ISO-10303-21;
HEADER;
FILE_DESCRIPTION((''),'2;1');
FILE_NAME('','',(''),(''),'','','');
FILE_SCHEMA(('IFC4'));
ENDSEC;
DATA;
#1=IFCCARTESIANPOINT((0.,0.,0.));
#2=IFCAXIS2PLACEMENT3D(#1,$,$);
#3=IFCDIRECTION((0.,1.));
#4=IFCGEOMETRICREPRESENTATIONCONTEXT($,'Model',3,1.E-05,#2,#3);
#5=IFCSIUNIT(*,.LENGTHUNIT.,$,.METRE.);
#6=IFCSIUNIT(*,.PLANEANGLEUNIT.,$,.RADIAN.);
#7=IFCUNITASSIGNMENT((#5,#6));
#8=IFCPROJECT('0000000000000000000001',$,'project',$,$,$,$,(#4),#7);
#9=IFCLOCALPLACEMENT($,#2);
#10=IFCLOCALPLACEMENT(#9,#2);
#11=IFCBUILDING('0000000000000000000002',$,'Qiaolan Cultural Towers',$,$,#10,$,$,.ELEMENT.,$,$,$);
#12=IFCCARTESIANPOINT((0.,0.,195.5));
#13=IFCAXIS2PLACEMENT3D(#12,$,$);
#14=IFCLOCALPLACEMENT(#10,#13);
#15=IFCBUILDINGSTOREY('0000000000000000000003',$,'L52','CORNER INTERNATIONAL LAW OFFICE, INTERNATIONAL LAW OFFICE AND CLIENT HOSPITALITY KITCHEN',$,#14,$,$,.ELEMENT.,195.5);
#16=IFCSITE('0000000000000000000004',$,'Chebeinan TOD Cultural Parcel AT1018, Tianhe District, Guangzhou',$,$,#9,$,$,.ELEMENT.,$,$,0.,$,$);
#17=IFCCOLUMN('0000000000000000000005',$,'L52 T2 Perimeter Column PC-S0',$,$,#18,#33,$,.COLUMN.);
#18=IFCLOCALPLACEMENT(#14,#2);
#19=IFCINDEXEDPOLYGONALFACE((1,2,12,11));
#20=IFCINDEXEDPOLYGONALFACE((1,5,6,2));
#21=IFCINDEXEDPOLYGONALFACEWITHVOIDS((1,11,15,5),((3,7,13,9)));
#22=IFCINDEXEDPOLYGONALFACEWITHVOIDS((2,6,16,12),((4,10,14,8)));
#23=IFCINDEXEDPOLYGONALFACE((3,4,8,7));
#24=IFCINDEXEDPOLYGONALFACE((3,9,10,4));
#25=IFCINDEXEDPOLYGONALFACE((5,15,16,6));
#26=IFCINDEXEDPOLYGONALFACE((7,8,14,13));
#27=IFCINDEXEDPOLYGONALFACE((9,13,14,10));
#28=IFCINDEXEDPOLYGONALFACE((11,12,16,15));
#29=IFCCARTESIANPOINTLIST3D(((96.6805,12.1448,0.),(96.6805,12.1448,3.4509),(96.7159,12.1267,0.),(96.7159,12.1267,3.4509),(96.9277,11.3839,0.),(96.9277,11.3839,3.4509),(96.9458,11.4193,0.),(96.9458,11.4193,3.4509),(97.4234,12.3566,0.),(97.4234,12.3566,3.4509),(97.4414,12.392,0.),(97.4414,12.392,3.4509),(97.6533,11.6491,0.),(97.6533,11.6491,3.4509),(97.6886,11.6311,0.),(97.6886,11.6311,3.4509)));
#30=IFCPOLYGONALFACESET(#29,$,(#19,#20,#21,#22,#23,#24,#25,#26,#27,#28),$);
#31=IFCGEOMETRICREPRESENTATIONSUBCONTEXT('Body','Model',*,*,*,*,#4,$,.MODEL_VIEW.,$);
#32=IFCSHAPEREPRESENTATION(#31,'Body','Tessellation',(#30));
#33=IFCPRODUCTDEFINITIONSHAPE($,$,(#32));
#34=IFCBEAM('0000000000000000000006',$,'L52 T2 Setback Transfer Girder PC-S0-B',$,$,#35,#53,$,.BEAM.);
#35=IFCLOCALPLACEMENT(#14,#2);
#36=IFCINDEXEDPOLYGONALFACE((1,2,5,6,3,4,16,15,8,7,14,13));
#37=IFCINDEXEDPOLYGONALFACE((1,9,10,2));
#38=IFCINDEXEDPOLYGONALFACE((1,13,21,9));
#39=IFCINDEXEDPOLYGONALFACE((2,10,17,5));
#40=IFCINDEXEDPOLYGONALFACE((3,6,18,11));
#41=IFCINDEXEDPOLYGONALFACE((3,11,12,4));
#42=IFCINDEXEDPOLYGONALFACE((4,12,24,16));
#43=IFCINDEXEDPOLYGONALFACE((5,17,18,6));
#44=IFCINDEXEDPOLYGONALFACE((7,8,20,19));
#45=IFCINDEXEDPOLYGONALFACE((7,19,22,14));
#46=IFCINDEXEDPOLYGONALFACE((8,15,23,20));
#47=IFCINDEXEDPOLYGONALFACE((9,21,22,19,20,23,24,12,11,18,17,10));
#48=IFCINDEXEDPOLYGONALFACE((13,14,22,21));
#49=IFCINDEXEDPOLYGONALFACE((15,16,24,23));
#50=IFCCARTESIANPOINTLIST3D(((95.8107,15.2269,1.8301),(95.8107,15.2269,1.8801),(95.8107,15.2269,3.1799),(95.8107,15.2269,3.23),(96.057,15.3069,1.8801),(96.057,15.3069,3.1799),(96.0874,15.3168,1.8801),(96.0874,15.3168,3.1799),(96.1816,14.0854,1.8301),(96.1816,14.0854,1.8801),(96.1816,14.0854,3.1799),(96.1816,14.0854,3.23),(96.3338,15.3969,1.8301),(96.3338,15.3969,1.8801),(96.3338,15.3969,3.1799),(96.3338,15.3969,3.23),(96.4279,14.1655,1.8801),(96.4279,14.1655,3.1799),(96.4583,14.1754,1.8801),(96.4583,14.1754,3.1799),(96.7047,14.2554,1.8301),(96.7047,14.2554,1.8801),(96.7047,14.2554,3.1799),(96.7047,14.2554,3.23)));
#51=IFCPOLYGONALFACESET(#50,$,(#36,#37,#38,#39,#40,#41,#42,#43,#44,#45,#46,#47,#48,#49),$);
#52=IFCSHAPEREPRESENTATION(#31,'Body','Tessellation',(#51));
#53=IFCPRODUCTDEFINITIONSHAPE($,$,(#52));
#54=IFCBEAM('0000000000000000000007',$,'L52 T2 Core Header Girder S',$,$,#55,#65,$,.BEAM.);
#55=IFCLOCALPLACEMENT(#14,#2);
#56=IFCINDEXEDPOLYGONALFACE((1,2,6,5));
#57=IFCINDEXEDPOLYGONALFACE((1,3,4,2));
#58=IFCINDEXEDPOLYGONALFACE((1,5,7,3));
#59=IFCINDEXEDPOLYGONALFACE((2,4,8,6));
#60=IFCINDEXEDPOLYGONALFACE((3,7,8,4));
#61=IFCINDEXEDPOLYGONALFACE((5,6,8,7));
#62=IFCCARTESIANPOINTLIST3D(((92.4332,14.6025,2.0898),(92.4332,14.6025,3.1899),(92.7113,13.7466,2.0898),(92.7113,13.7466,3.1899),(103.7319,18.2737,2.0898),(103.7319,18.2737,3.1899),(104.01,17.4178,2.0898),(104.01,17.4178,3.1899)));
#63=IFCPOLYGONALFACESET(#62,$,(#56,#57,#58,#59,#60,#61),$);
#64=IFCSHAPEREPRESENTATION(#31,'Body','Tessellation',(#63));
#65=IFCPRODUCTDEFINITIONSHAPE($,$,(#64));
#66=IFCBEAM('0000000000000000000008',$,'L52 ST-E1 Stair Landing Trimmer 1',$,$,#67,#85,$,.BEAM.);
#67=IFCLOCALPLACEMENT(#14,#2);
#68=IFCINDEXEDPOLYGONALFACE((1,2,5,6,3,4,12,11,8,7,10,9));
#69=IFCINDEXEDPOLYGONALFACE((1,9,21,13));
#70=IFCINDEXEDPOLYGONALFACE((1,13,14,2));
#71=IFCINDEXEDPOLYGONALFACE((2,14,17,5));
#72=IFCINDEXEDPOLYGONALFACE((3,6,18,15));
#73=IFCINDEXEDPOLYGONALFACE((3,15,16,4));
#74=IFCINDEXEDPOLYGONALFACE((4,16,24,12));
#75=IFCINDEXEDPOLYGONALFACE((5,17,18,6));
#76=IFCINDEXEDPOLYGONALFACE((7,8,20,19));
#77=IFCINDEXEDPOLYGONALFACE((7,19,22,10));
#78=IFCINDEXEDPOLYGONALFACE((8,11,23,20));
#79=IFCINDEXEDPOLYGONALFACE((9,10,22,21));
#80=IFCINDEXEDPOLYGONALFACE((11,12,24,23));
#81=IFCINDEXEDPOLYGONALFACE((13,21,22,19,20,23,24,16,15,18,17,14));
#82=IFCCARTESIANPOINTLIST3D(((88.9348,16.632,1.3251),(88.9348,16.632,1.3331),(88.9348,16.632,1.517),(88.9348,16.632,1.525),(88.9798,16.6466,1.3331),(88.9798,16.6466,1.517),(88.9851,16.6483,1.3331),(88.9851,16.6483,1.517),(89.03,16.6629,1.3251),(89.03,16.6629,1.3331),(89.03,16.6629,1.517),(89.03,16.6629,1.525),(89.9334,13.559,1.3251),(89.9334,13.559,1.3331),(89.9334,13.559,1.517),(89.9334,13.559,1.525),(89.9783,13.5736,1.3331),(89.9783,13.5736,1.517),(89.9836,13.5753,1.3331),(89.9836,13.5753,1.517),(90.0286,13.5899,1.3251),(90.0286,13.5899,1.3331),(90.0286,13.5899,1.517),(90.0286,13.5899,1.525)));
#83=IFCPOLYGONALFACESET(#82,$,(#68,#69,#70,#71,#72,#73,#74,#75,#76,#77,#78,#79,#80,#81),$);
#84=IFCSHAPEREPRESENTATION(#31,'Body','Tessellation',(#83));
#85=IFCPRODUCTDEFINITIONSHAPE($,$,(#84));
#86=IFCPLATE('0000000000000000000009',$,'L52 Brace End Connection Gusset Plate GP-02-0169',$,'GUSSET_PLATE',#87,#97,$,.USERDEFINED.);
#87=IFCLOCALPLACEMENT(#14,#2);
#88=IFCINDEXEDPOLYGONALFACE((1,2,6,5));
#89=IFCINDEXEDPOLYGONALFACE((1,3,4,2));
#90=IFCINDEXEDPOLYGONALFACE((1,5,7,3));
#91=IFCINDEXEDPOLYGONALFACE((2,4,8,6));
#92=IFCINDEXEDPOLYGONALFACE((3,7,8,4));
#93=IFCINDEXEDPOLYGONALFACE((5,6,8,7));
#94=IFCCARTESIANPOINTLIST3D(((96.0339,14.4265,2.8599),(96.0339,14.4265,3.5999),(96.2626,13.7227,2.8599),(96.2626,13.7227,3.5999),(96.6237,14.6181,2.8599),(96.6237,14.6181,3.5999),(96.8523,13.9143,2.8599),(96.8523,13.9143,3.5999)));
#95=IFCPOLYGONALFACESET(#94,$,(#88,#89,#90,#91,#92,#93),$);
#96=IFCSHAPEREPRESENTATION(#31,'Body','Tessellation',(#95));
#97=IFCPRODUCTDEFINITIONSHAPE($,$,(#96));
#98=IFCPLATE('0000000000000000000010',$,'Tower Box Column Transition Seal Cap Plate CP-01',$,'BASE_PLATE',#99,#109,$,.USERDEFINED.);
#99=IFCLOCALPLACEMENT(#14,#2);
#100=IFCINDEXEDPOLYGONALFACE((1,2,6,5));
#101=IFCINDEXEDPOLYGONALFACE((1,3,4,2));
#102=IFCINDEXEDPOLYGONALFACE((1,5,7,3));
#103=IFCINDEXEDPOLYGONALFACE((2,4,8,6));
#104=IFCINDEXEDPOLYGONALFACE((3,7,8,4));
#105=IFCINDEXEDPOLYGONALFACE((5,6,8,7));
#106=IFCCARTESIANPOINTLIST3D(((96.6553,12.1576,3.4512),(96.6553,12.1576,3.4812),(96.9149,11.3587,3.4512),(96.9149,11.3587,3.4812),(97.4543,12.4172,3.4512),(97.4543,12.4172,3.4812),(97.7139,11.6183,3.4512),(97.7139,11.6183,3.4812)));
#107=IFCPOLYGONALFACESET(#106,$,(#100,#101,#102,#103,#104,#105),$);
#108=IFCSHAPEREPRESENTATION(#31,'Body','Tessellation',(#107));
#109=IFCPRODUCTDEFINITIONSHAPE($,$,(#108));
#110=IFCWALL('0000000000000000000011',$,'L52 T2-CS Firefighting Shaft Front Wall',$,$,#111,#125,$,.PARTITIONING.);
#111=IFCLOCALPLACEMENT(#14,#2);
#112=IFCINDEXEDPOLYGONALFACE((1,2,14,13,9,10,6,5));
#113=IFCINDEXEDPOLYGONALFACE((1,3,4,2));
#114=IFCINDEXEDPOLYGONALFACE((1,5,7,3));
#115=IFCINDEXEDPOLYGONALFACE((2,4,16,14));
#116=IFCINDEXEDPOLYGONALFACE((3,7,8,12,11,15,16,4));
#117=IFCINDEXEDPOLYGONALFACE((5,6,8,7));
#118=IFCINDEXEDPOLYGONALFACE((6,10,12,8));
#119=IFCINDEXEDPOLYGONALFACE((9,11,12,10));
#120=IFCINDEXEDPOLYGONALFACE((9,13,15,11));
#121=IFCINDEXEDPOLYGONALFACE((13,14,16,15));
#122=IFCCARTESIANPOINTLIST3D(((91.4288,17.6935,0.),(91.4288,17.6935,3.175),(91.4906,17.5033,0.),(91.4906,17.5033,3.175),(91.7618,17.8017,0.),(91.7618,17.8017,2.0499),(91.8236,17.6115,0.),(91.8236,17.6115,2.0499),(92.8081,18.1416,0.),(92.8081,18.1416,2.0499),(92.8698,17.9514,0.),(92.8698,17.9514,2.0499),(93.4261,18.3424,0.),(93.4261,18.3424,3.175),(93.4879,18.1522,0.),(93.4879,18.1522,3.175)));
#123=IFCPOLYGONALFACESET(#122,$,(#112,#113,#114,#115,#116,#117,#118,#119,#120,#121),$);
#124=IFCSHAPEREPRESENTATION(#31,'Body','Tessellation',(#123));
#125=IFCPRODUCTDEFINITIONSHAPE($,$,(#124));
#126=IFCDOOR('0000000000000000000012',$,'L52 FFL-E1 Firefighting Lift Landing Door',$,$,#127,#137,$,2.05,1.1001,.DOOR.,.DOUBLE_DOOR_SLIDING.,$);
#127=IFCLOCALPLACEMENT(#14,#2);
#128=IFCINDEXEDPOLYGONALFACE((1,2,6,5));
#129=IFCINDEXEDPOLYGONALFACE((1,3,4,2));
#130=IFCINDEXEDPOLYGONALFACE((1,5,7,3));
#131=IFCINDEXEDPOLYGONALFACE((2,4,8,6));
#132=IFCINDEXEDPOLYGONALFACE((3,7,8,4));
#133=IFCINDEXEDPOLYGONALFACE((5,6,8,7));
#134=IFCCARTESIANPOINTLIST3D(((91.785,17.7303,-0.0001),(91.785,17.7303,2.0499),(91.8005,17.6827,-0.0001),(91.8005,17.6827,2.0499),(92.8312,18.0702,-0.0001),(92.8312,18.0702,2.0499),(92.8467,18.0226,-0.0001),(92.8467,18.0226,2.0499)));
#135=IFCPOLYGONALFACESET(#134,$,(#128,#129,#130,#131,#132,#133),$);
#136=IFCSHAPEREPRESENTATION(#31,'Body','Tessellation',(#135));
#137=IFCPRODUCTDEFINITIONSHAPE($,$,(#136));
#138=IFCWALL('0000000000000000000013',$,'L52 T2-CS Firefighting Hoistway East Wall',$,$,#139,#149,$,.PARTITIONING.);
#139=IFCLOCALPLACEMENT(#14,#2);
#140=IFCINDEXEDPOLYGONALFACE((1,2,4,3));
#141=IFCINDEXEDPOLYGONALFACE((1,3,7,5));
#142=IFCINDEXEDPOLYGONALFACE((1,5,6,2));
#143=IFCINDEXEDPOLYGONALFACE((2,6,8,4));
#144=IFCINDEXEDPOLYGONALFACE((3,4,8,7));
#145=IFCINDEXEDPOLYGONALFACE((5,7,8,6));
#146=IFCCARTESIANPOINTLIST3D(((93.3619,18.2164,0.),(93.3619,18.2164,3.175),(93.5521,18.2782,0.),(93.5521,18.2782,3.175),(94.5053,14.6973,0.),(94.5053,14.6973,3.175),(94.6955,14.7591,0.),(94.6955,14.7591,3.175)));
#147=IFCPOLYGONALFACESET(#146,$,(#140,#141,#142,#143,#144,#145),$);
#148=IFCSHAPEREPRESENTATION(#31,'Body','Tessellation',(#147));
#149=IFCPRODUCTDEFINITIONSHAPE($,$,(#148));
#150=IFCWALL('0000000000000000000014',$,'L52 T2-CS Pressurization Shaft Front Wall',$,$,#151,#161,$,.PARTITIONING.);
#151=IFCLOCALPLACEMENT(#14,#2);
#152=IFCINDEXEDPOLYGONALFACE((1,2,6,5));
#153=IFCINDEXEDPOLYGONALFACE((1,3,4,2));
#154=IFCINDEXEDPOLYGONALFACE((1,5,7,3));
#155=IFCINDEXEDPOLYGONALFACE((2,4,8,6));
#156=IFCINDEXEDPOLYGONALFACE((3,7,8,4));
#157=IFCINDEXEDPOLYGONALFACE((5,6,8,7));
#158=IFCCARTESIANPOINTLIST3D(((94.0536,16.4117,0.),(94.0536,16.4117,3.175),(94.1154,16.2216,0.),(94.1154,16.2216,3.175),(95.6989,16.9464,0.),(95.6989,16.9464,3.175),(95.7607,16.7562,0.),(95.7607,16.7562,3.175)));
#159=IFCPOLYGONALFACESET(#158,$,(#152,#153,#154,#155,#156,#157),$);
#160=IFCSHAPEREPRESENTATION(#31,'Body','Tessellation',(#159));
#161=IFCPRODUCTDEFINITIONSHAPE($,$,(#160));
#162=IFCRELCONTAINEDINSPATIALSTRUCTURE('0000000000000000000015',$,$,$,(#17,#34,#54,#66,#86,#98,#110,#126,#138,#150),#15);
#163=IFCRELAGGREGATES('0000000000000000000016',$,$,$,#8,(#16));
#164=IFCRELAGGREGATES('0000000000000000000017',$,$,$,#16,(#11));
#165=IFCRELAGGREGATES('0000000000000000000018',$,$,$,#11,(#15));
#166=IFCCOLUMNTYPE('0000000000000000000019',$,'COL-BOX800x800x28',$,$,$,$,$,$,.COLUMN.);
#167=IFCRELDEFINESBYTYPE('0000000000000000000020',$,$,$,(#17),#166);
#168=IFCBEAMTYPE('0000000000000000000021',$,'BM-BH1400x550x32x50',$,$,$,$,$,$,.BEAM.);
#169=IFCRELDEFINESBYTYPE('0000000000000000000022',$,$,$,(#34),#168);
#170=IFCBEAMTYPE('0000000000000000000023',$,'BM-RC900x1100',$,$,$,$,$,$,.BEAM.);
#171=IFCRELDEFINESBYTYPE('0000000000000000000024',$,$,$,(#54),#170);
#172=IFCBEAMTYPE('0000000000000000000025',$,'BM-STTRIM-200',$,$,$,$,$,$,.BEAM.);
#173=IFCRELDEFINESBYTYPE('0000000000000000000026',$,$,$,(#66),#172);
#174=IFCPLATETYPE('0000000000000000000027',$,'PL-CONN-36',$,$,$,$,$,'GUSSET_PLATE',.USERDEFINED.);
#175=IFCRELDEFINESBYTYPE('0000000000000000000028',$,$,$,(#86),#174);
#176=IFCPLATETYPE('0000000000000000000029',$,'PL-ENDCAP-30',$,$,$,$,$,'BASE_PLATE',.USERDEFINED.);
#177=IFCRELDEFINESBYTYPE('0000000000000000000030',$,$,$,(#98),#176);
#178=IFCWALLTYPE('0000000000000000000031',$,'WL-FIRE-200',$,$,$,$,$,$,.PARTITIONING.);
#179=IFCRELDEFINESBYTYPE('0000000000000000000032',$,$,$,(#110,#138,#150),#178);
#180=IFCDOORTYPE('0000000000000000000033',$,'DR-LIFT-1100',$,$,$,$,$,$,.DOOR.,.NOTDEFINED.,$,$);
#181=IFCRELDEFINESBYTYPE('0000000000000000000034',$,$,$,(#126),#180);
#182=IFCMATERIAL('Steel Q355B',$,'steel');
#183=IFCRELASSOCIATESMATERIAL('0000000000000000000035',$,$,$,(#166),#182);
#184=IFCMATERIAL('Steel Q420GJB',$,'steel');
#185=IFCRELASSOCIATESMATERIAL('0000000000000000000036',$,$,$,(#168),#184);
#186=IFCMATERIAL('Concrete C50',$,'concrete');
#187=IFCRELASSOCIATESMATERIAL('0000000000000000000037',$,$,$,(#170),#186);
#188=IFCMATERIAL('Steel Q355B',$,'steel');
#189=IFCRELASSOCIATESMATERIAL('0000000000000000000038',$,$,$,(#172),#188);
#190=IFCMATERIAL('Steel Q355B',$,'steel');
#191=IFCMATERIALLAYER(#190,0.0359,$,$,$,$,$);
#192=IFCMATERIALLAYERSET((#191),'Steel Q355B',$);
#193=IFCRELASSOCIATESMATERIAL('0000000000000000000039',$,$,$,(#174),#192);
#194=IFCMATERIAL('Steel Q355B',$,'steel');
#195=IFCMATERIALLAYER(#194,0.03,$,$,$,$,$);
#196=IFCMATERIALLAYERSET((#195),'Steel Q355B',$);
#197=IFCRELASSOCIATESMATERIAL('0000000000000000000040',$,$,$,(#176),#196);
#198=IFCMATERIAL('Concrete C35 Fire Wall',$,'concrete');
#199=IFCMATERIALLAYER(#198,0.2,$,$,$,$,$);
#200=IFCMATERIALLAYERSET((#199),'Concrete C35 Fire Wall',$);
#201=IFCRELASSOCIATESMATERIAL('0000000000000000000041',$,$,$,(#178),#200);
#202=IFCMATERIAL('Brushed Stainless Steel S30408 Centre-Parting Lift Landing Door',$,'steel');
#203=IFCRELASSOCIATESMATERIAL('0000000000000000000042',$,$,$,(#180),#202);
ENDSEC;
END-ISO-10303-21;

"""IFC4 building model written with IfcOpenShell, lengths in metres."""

from ifc_helpers import new_model, si_unit, direction, frame, frame_2d, origin, origin_2d, place, context, subcontext, project, spatial, rectangle, hollow_rectangle, i_section, extrude, material, layer, layer_set, material_profile, profile_set, type_object, element, fill, save


model = new_model("IFC4")

# Units and contexts
model_context = context("Model", 3, precision=1e-05, world=origin(), true_north=direction((0.0, 1.0)))
body_context = subcontext(model_context, "Body", "Model", "MODEL_VIEW")
ifc_project = project(units=[si_unit("LENGTHUNIT", "METRE"), si_unit("PLANEANGLEUNIT", "RADIAN")], contexts=[model_context])

# Site, building, storey
site_placement = place(None, origin())
site = spatial("IfcSite", under=ifc_project, at=site_placement, Name="Chebeinan TOD Cultural Parcel AT1018, Tianhe District, Guangzhou", CompositionType="ELEMENT", RefElevation=0.0)
building_placement = place(site_placement, origin())
building = spatial("IfcBuilding", under=site, at=building_placement, Name="Qiaolan Cultural Towers", CompositionType="ELEMENT")
storey_placement = place(building_placement, frame((0.0, 0.0, 195.5)))
storey = spatial("IfcBuildingStorey", under=building, at=storey_placement, Name="L52", Description="CORNER INTERNATIONAL LAW OFFICE, INTERNATIONAL LAW OFFICE AND CLIENT HOSPITALITY KITCHEN", CompositionType="ELEMENT", Elevation=195.5)

# Column
ifc_material_1 = material(Name="Steel Q355B", Category="steel")
ifc_material_profile_1 = material_profile(ifc_material_1, hollow_rectangle(XDim=0.8, YDim=0.8, WallThickness=0.0281, at=origin_2d()), Name="BOX800x800x28")
ifc_profile_set_1 = profile_set([ifc_material_profile_1], Name="Steel Q355B")
column_type = type_object("IfcColumnType", Name="COL-BOX800x800x28", PredefinedType="COLUMN", material=ifc_profile_set_1)
column_placement = place(storey_placement, frame((97.1846, 11.8879, 0.0), z_axis=(0.0, 0.0, 1.0), x_axis=(0.951057, 0.309017, 0.0)))
element("IfcColumn", 1, at=column_placement, inside=storey, type_object=column_type, Name="L52 T2 Perimeter Column PC-S0", PredefinedType="COLUMN", context=body_context, shape_type="SweptSolid", body=[
    extrude(hollow_rectangle(XDim=0.8, YDim=0.8, WallThickness=0.0281, at=origin_2d()), origin(), (0.0, 0.0, 1.0), 3.4509),
])

# Beams
ifc_material_2 = material(Name="Steel Q420GJB", Category="steel")
ifc_material_profile_2 = material_profile(ifc_material_2, i_section(OverallWidth=0.55, OverallDepth=1.3999, WebThickness=0.032, FlangeThickness=0.05, at=origin_2d()), Name="BH1400x550x32x50")
ifc_profile_set_2 = profile_set([ifc_material_profile_2], Name="Steel Q420GJB")
beam_type_1 = type_object("IfcBeamType", Name="BM-BH1400x550x32x50", PredefinedType="BEAM", material=ifc_profile_set_2)
beam_1_placement = place(storey_placement, frame((96.4431, 14.1704, 2.53), z_axis=(-0.309017, 0.951056, 0.0), x_axis=(-0.951056, -0.309017, 0.0)))
element("IfcBeam", 2, at=beam_1_placement, inside=storey, type_object=beam_type_1, Name="L52 T2 Setback Transfer Girder PC-S0-B", PredefinedType="BEAM", context=body_context, shape_type="SweptSolid", body=[
    extrude(i_section(OverallWidth=0.55, OverallDepth=1.3999, WebThickness=0.032, FlangeThickness=0.05, at=origin_2d()), origin(), (0.0, 0.0, 1.0), 1.2002),
])
ifc_material_3 = material(Name="Concrete C50", Category="concrete")
ifc_material_profile_3 = material_profile(ifc_material_3, rectangle(XDim=0.8999, YDim=1.1001, at=origin_2d()), Name="RC900x1100")
ifc_profile_set_3 = profile_set([ifc_material_profile_3], Name="Concrete C50")
beam_type_2 = type_object("IfcBeamType", Name="BM-RC900x1100", PredefinedType="BEAM", material=ifc_profile_set_3)
beam_2_placement = place(storey_placement, frame((92.5723, 14.1746, 2.6399), z_axis=(0.951056, 0.309018, 0.0), x_axis=(-0.309018, 0.951056, 0.0)))
element("IfcBeam", 3, at=beam_2_placement, inside=storey, type_object=beam_type_2, Name="L52 T2 Core Header Girder S", PredefinedType="BEAM", context=body_context, shape_type="SweptSolid", body=[
    extrude(rectangle(XDim=0.8999, YDim=1.1001, at=origin_2d()), origin(), (0.0, 0.0, 1.0), 11.8801),
])
ifc_material_4 = material(Name="Steel Q355B", Category="steel")
ifc_material_profile_4 = material_profile(ifc_material_4, i_section(OverallWidth=0.1001, OverallDepth=0.2, WebThickness=0.0056, FlangeThickness=0.0081, at=origin_2d()), Name="HN200x100x5.5x8")
ifc_profile_set_4 = profile_set([ifc_material_profile_4], Name="Steel Q355B")
beam_type_3 = type_object("IfcBeamType", Name="BM-STTRIM-200", PredefinedType="BEAM", material=ifc_profile_set_4)
beam_3_placement = place(storey_placement, frame((88.9824, 16.6475, 1.425), z_axis=(0.309033, -0.951051, 0.0), x_axis=(0.951051, 0.309033, 0.0)))
element("IfcBeam", 4, at=beam_3_placement, inside=storey, type_object=beam_type_3, Name="L52 ST-E1 Stair Landing Trimmer 1", PredefinedType="BEAM", context=body_context, shape_type="SweptSolid", body=[
    extrude(i_section(OverallWidth=0.1001, OverallDepth=0.2, WebThickness=0.0056, FlangeThickness=0.0081, at=origin_2d()), origin(), (0.0, 0.0, 1.0), 3.2312),
])

# Plates
ifc_material_5 = material(Name="Steel Q355B", Category="steel")
ifc_layer_1 = layer(ifc_material_5, 0.0359)
ifc_layer_set_1 = layer_set([ifc_layer_1], Name="Steel Q355B")
plate_type_1 = type_object("IfcPlateType", Name="PL-CONN-36", ElementType="GUSSET_PLATE", PredefinedType="USERDEFINED", material=ifc_layer_set_1)
plate_1_placement = place(storey_placement, frame((96.4431, 14.1704, 2.8599), z_axis=(0.0, 0.0, 1.0), x_axis=(-0.309017, 0.951057, 0.0)))
element("IfcPlate", 5, at=plate_1_placement, inside=storey, type_object=plate_type_1, Name="L52 Brace End Connection Gusset Plate GP-02-0169", ObjectType="GUSSET_PLATE", PredefinedType="USERDEFINED", context=body_context, shape_type="SweptSolid", body=[
    extrude(rectangle(XDim=0.74, YDim=0.6201, at=origin_2d()), origin(), (0.0, 0.0, 1.0), 0.74),
])
ifc_material_6 = material(Name="Steel Q355B", Category="steel")
ifc_layer_2 = layer(ifc_material_6, 0.03)
ifc_layer_set_2 = layer_set([ifc_layer_2], Name="Steel Q355B")
plate_type_2 = type_object("IfcPlateType", Name="PL-ENDCAP-30", ElementType="BASE_PLATE", PredefinedType="USERDEFINED", material=ifc_layer_set_2)
plate_2_placement = place(storey_placement, frame((97.1846, 11.8879, 3.4512), z_axis=(0.0, 0.0, 1.0), x_axis=(0.951057, 0.309017, 0.0)))
element("IfcPlate", 6, at=plate_2_placement, inside=storey, type_object=plate_type_2, Name="Tower Box Column Transition Seal Cap Plate CP-01", ObjectType="BASE_PLATE", PredefinedType="USERDEFINED", context=body_context, shape_type="SweptSolid", body=[
    extrude(rectangle(XDim=0.8401, YDim=0.8401, at=origin_2d()), origin(), (0.0, 0.0, 1.0), 0.03),
])

# Wall, opening, door
ifc_material_7 = material(Name="Concrete C35 Fire Wall", Category="concrete")
ifc_layer_3 = layer(ifc_material_7, 0.2)
ifc_layer_set_3 = layer_set([ifc_layer_3], Name="Concrete C35 Fire Wall")
wall_type = type_object("IfcWallType", Name="WL-FIRE-200", PredefinedType="PARTITIONING", material=ifc_layer_set_3)
wall_1_placement = place(storey_placement, frame((91.4597, 17.5984, 0.0), z_axis=(0.0, 0.0, 1.0), x_axis=(0.951062, 0.308999, 0.0)))
wall_1 = element("IfcWall", 7, at=wall_1_placement, inside=storey, type_object=wall_type, Name="L52 T2-CS Firefighting Shaft Front Wall", PredefinedType="PARTITIONING", context=body_context, shape_type="SweptSolid", body=[
    extrude(rectangle(XDim=2.1001, YDim=0.2, at=frame_2d((1.05, 0.0))), origin(), (0.0, 0.0, 1.0), 3.175),
])
opening_placement = place(wall_1_placement, frame((0.3501, 0.0, 0.0)))
opening = element("IfcOpeningElement", 8, at=opening_placement, cuts=wall_1, PredefinedType="OPENING", context=body_context, shape_type="SweptSolid", body=[
    extrude(rectangle(XDim=1.1001, YDim=2.05, at=frame_2d((0.55, 1.0249))), frame((0.0, 0.1099, 0.0), z_axis=(0.0, -1.0, 0.0), x_axis=(1.0, 0.0, 0.0)), (0.0, 0.0, 1.0), 0.22),
])
ifc_material_8 = material(Name="Brushed Stainless Steel S30408 Centre-Parting Lift Landing Door", Category="steel")
door_type = type_object("IfcDoorType", Name="DR-LIFT-1100", OperationType="NOTDEFINED", PredefinedType="DOOR", material=ifc_material_8)
door_placement = place(opening_placement, origin())
door = element("IfcDoor", 9, at=door_placement, inside=storey, type_object=door_type, Name="L52 FFL-E1 Firefighting Lift Landing Door", OperationType="DOUBLE_DOOR_SLIDING", OverallHeight=2.05, OverallWidth=1.1001, PredefinedType="DOOR", context=body_context, shape_type="SweptSolid", body=[
    extrude(rectangle(XDim=1.1001, YDim=2.05, at=frame_2d((0.55, 1.0249))), frame((0.0, 0.0249, 0.0), z_axis=(0.0, -1.0, 0.0), x_axis=(1.0, 0.0, 0.0)), (0.0, 0.0, 1.0), 0.05),
])
fill(opening, door)

# Walls
wall_2_placement = place(storey_placement, frame((93.457, 18.2473, 0.0), z_axis=(0.0, 0.0, 1.0), x_axis=(0.308994, -0.951064, 0.0)))
element("IfcWall", 10, at=wall_2_placement, inside=storey, type_object=wall_type, Name="L52 T2-CS Firefighting Hoistway East Wall", PredefinedType="PARTITIONING", context=body_context, shape_type="SweptSolid", body=[
    extrude(rectangle(XDim=3.7002, YDim=0.2, at=frame_2d((1.8501, 0.0))), origin(), (0.0, 0.0, 1.0), 3.175),
])
wall_3_placement = place(storey_placement, frame((94.0845, 16.3167, 0.0), z_axis=(0.0, 0.0, 1.0), x_axis=(0.951041, 0.309064, 0.0)))
element("IfcWall", 11, at=wall_3_placement, inside=storey, type_object=wall_type, Name="L52 T2-CS Pressurization Shaft Front Wall", PredefinedType="PARTITIONING", context=body_context, shape_type="SweptSolid", body=[
    extrude(rectangle(XDim=1.73, YDim=0.2, at=frame_2d((0.865, 0.0))), origin(), (0.0, 0.0, 1.0), 3.175),
])

save(model, "model.ifc")
